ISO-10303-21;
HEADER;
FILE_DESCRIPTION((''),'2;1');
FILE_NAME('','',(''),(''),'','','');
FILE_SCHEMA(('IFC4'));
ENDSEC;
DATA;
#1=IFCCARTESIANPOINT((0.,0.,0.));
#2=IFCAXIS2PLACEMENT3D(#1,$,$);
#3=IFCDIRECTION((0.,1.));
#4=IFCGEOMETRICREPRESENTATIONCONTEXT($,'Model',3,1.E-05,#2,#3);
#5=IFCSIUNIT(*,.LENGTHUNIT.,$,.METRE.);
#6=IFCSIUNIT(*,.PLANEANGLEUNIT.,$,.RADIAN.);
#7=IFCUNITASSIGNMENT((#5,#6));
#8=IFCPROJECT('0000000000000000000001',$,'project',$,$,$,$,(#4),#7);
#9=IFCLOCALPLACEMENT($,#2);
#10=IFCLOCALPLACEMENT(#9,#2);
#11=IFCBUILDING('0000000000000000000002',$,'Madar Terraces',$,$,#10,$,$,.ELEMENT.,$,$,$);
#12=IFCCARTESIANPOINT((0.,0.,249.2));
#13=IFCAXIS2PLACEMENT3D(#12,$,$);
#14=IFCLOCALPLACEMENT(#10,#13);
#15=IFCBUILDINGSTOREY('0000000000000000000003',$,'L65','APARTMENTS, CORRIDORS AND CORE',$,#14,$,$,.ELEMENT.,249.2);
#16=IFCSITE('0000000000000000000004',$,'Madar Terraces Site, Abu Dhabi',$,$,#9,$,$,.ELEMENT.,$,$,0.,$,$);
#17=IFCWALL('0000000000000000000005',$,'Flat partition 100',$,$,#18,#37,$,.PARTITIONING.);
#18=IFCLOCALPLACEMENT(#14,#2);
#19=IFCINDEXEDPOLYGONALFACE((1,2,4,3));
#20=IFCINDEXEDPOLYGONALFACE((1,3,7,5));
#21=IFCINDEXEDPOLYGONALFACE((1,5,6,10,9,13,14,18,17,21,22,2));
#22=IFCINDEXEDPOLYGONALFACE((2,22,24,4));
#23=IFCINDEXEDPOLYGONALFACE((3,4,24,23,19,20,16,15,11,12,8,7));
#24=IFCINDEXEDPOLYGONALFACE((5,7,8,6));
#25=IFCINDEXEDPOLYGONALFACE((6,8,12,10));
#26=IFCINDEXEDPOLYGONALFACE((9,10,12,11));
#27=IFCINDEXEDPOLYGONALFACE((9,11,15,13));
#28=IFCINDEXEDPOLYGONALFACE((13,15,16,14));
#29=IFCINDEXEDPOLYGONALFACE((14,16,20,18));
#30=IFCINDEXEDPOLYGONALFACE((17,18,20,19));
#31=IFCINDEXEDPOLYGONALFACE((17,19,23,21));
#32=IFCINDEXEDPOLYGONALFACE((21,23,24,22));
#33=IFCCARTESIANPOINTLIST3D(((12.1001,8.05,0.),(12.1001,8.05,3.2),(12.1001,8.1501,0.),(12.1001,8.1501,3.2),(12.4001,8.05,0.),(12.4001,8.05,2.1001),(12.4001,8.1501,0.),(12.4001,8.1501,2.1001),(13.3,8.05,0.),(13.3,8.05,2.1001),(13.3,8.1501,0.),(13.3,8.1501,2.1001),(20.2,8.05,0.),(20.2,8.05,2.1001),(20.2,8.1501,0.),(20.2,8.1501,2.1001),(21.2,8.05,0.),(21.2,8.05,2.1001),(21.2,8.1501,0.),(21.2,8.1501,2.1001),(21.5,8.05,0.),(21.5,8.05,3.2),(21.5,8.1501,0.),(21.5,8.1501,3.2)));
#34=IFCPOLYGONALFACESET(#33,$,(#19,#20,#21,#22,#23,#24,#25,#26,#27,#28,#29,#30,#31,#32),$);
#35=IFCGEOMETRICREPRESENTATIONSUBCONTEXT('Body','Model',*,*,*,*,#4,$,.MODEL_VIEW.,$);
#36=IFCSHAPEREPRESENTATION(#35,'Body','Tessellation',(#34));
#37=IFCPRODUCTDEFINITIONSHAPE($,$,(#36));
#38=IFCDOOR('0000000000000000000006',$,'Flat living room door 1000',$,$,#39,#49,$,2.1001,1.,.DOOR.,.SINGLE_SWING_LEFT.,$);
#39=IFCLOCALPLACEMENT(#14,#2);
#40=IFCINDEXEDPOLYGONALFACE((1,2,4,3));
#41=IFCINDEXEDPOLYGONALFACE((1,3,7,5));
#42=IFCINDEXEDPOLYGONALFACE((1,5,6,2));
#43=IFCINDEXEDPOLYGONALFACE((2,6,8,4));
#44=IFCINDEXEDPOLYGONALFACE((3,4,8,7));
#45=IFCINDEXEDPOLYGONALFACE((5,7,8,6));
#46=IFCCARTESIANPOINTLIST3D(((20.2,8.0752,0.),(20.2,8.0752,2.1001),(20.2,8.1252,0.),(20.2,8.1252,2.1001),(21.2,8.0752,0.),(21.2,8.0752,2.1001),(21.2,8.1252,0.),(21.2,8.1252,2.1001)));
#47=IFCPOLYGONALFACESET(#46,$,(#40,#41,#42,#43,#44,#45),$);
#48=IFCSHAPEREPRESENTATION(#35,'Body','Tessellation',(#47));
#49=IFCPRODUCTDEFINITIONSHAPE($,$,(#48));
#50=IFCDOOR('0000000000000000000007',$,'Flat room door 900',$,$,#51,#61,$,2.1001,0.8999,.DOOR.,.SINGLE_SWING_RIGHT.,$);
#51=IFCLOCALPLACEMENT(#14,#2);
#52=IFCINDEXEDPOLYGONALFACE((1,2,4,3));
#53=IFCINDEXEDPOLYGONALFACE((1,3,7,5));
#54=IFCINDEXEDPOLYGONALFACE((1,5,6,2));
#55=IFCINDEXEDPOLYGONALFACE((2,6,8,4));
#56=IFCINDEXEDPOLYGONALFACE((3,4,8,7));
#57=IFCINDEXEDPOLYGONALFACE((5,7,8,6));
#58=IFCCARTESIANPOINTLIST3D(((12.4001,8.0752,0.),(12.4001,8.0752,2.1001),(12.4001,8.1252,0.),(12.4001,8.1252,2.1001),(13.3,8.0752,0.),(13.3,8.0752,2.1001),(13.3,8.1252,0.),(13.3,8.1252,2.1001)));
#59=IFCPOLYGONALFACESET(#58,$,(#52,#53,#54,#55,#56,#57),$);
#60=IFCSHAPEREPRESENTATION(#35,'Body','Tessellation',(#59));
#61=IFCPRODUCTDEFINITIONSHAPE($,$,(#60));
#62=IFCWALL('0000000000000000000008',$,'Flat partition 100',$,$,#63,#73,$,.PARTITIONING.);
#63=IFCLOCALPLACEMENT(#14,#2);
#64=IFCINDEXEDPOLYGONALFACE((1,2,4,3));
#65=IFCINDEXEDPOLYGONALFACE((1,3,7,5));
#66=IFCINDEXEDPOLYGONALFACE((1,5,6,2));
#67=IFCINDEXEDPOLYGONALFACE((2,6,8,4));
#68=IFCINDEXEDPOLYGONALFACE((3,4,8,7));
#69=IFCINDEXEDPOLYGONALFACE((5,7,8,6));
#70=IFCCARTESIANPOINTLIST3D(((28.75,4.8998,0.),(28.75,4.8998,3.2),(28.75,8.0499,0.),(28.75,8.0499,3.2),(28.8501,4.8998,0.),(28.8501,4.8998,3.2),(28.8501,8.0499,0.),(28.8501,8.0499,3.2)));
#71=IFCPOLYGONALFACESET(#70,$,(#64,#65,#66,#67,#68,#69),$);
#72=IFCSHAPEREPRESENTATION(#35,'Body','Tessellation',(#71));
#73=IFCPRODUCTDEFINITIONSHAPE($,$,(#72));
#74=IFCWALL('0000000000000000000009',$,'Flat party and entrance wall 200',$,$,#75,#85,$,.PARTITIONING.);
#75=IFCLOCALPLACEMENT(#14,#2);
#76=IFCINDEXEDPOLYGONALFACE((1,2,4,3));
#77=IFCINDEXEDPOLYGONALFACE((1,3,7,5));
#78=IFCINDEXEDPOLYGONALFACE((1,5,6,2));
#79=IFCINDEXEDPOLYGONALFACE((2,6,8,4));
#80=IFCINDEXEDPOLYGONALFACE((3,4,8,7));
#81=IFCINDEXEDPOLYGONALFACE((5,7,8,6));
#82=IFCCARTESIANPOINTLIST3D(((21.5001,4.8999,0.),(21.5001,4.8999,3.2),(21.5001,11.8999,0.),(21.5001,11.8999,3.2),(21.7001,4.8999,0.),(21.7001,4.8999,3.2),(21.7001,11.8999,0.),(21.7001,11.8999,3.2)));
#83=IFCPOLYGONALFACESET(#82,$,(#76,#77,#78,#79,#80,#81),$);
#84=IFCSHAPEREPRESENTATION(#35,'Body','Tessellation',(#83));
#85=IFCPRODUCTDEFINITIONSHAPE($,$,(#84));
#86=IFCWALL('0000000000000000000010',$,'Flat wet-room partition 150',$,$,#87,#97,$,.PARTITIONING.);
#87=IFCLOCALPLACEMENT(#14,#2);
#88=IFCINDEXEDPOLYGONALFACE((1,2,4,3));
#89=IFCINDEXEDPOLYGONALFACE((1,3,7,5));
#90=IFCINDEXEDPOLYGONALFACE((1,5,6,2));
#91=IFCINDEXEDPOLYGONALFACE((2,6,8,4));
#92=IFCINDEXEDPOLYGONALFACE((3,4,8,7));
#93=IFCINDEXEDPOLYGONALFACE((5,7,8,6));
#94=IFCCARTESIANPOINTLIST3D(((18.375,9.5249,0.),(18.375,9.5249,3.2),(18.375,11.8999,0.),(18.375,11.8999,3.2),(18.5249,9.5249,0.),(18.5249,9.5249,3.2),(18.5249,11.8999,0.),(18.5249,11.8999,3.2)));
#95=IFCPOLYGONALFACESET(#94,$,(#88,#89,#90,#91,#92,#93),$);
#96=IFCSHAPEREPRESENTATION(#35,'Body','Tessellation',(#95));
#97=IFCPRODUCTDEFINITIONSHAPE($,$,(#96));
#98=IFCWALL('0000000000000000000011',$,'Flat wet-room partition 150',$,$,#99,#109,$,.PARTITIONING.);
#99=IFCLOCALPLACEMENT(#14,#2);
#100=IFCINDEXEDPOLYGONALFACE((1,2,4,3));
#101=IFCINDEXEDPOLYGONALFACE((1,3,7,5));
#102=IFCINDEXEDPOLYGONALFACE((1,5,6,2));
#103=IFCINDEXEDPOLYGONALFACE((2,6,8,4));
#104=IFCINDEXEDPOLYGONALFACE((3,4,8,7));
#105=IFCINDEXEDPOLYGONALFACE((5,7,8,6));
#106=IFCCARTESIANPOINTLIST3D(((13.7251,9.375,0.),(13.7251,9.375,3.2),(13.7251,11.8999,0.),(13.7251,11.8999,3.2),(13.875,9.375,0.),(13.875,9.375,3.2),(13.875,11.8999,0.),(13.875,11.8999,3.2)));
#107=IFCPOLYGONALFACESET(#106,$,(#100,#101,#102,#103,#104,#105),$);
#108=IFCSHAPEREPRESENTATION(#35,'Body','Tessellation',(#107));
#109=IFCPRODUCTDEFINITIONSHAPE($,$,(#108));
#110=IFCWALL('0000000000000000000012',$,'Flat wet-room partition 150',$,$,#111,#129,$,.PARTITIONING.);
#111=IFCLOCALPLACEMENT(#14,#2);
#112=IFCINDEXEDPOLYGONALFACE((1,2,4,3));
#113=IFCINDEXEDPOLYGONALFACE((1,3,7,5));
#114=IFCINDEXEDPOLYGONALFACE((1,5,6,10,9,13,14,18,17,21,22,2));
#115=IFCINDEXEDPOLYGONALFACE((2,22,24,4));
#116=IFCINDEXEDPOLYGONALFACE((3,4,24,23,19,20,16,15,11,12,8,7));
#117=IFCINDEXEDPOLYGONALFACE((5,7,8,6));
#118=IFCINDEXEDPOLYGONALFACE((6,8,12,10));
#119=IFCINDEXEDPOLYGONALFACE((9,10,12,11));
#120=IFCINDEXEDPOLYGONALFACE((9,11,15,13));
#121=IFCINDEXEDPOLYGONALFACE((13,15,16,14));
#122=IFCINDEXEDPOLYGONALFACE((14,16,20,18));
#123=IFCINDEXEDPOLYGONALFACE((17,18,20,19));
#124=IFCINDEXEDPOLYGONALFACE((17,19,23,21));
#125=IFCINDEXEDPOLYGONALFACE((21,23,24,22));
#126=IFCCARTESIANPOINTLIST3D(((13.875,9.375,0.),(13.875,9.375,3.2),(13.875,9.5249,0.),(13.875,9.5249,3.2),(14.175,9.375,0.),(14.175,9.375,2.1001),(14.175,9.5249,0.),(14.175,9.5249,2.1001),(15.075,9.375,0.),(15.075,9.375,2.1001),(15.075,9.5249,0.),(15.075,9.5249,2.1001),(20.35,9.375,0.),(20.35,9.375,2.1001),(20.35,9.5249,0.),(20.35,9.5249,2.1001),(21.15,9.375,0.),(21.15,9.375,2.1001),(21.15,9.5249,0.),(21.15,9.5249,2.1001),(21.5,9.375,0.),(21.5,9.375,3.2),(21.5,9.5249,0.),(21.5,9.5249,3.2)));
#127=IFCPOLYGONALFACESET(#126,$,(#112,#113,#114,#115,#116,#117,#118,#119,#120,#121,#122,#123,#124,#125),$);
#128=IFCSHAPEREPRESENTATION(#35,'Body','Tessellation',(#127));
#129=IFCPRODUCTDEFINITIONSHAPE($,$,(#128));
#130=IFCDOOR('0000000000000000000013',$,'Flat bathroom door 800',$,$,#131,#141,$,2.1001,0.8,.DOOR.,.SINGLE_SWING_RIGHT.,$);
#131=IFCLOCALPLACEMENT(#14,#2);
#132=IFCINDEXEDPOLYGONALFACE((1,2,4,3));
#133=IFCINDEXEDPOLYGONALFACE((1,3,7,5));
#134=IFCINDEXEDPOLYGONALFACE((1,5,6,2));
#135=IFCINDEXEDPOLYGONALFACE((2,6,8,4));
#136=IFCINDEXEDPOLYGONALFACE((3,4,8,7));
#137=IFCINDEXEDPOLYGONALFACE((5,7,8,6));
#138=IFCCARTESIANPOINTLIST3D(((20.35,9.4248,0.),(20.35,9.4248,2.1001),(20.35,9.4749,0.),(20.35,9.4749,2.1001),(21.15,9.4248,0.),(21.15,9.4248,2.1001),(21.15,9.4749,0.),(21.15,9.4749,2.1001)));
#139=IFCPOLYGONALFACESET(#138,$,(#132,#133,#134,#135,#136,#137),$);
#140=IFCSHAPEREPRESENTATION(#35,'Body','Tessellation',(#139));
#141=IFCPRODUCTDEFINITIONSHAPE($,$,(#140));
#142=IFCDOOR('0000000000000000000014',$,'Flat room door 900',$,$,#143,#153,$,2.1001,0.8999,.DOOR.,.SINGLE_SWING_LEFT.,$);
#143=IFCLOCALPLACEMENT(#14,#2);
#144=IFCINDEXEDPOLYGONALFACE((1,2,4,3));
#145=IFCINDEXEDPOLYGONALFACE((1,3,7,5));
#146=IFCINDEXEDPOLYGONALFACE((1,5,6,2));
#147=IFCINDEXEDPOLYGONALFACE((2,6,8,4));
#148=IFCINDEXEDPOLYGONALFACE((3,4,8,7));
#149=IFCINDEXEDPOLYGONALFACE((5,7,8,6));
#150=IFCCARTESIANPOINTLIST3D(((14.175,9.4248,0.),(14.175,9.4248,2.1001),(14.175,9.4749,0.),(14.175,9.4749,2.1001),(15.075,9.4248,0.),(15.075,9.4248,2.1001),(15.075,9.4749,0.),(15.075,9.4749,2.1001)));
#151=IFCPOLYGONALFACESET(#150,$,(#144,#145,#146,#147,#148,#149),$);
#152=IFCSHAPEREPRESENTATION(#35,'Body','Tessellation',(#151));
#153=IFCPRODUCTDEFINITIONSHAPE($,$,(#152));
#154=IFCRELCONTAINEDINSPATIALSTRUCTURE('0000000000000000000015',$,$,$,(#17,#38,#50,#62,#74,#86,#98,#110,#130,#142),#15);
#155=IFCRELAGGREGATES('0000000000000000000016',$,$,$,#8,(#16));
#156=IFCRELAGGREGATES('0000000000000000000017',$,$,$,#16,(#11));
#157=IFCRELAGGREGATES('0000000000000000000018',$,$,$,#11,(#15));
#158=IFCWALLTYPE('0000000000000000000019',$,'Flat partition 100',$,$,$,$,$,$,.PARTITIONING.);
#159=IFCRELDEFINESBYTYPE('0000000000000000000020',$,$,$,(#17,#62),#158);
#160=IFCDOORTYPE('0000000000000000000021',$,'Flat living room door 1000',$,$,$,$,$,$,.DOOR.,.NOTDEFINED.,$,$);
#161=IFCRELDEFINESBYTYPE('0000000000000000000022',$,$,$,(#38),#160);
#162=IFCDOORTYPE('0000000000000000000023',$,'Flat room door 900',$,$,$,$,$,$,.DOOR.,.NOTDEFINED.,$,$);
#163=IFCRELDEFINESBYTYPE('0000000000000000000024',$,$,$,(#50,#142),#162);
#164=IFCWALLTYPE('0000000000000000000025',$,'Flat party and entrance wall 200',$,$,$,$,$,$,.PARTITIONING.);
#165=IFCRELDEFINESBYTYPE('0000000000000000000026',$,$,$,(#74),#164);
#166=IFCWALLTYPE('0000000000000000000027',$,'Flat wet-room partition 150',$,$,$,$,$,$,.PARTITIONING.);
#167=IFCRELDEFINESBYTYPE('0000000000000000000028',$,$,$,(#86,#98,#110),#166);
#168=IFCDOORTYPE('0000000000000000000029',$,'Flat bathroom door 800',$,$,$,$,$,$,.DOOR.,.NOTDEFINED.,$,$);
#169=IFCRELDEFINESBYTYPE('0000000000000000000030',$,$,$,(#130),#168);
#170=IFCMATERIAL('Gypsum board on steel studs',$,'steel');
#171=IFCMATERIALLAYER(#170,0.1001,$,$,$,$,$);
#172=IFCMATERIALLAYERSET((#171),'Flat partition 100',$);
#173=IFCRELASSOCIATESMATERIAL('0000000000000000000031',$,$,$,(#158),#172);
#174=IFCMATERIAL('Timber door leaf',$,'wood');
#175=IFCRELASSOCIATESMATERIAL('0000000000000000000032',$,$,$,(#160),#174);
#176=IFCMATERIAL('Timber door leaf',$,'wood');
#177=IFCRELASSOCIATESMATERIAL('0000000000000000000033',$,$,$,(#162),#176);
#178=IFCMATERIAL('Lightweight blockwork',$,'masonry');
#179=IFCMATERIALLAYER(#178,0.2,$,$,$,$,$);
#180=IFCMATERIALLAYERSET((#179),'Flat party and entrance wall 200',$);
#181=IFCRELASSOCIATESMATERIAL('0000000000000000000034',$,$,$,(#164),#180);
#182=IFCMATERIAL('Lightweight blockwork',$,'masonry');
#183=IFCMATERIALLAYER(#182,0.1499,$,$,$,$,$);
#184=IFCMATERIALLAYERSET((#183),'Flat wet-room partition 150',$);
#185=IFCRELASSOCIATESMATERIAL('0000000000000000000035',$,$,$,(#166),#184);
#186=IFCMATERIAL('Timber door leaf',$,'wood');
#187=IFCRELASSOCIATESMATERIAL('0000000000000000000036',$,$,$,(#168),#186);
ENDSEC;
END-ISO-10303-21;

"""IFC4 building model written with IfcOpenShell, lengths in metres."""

from ifc_helpers import new_model, si_unit, direction, frame, frame_2d, origin, place, context, subcontext, project, spatial, rectangle, extrude, material, layer, layer_set, type_object, element, fill, save


model = new_model("IFC4")

# Units and contexts
model_context = context("Model", 3, precision=1e-05, world=origin(), true_north=direction((0.0, 1.0)))
body_context = subcontext(model_context, "Body", "Model", "MODEL_VIEW")
ifc_project = project(units=[si_unit("LENGTHUNIT", "METRE"), si_unit("PLANEANGLEUNIT", "RADIAN")], contexts=[model_context])

# Site, building, storey
site_placement = place(None, origin())
site = spatial("IfcSite", under=ifc_project, at=site_placement, Name="Madar Terraces Site, Abu Dhabi", CompositionType="ELEMENT", RefElevation=0.0)
building_placement = place(site_placement, origin())
building = spatial("IfcBuilding", under=site, at=building_placement, Name="Madar Terraces", CompositionType="ELEMENT")
storey_placement = place(building_placement, frame((0.0, 0.0, 249.2)))
storey = spatial("IfcBuildingStorey", under=building, at=storey_placement, Name="L65", Description="APARTMENTS, CORRIDORS AND CORE", CompositionType="ELEMENT", Elevation=249.2)

# Shared definitions
ifc_material_1 = material(Name="Gypsum board on steel studs", Category="steel")
ifc_layer_1 = layer(ifc_material_1, 0.1001)
ifc_layer_set_1 = layer_set([ifc_layer_1], Name="Flat partition 100")
wall_type_1 = type_object("IfcWallType", Name="Flat partition 100", PredefinedType="PARTITIONING", material=ifc_layer_set_1)

# Wall, openings, doors
wall_1_placement = place(storey_placement, frame((21.5, 8.1001, 0.0), z_axis=(0.0, 0.0, 1.0), x_axis=(-1.0, 0.0, 0.0)))
wall_1 = element("IfcWall", 1, at=wall_1_placement, inside=storey, type_object=wall_type_1, Name="Flat partition 100", PredefinedType="PARTITIONING", context=body_context, shape_type="SweptSolid", body=[
    extrude(rectangle(XDim=9.3999, YDim=0.1001, at=frame_2d((4.7, 0.0))), origin(), (0.0, 0.0, 1.0), 3.2),
])
opening_1_placement = place(wall_1_placement, frame((8.2, 0.0, 0.0)))
opening_1 = element("IfcOpeningElement", 2, at=opening_1_placement, cuts=wall_1, PredefinedType="OPENING", context=body_context, shape_type="SweptSolid", body=[
    extrude(rectangle(XDim=0.8999, YDim=2.1001, at=frame_2d((0.45, 1.05))), frame((0.0, 0.0601, 0.0), z_axis=(0.0, -1.0, 0.0), x_axis=(1.0, 0.0, 0.0)), (0.0, 0.0, 1.0), 0.1201),
])
opening_2_placement = place(wall_1_placement, frame((0.3, 0.0, 0.0)))
opening_2 = element("IfcOpeningElement", 3, at=opening_2_placement, cuts=wall_1, PredefinedType="OPENING", context=body_context, shape_type="SweptSolid", body=[
    extrude(rectangle(XDim=1.0, YDim=2.1001, at=frame_2d((0.5, 1.05))), frame((0.0, 0.0601, 0.0), z_axis=(0.0, -1.0, 0.0), x_axis=(1.0, 0.0, 0.0)), (0.0, 0.0, 1.0), 0.1201),
])
ifc_material_2 = material(Name="Timber door leaf", Category="wood")
door_type_1 = type_object("IfcDoorType", Name="Flat living room door 1000", OperationType="NOTDEFINED", PredefinedType="DOOR", material=ifc_material_2)
door_1_placement = place(opening_2_placement, origin())
door_1 = element("IfcDoor", 4, at=door_1_placement, inside=storey, type_object=door_type_1, Name="Flat living room door 1000", OperationType="SINGLE_SWING_LEFT", OverallHeight=2.1001, OverallWidth=1.0, PredefinedType="DOOR", context=body_context, shape_type="SweptSolid", body=[
    extrude(rectangle(XDim=1.0, YDim=2.1001, at=frame_2d((0.5, 1.05))), frame((0.0, 0.0249, 0.0), z_axis=(0.0, -1.0, 0.0), x_axis=(1.0, 0.0, 0.0)), (0.0, 0.0, 1.0), 0.05),
])
fill(opening_2, door_1)
ifc_material_3 = material(Name="Timber door leaf", Category="wood")
door_type_2 = type_object("IfcDoorType", Name="Flat room door 900", OperationType="NOTDEFINED", PredefinedType="DOOR", material=ifc_material_3)
door_2_placement = place(opening_1_placement, origin())
door_2 = element("IfcDoor", 5, at=door_2_placement, inside=storey, type_object=door_type_2, Name="Flat room door 900", OperationType="SINGLE_SWING_RIGHT", OverallHeight=2.1001, OverallWidth=0.8999, PredefinedType="DOOR", context=body_context, shape_type="SweptSolid", body=[
    extrude(rectangle(XDim=0.8999, YDim=2.1001, at=frame_2d((0.45, 1.05))), frame((0.0, 0.0249, 0.0), z_axis=(0.0, -1.0, 0.0), x_axis=(1.0, 0.0, 0.0)), (0.0, 0.0, 1.0), 0.05),
])
fill(opening_1, door_2)

# Walls
wall_2_placement = place(storey_placement, frame((28.8, 8.05, 0.0), z_axis=(0.0, 0.0, 1.0), x_axis=(0.0, -1.0, 0.0)))
element("IfcWall", 6, at=wall_2_placement, inside=storey, type_object=wall_type_1, Name="Flat partition 100", PredefinedType="PARTITIONING", context=body_context, shape_type="SweptSolid", body=[
    extrude(rectangle(XDim=3.1501, YDim=0.1001, at=frame_2d((1.5752, 0.0))), origin(), (0.0, 0.0, 1.0), 3.2),
])
ifc_material_4 = material(Name="Lightweight blockwork", Category="masonry")
ifc_layer_2 = layer(ifc_material_4, 0.2)
ifc_layer_set_2 = layer_set([ifc_layer_2], Name="Flat party and entrance wall 200")
wall_type_2 = type_object("IfcWallType", Name="Flat party and entrance wall 200", PredefinedType="PARTITIONING", material=ifc_layer_set_2)
wall_3_placement = place(storey_placement, frame((21.6001, 11.8999, 0.0), z_axis=(0.0, 0.0, 1.0), x_axis=(0.0, -1.0, 0.0)))
element("IfcWall", 7, at=wall_3_placement, inside=storey, type_object=wall_type_2, Name="Flat party and entrance wall 200", PredefinedType="PARTITIONING", context=body_context, shape_type="SweptSolid", body=[
    extrude(rectangle(XDim=7.0, YDim=0.2, at=frame_2d((3.5, 0.0))), origin(), (0.0, 0.0, 1.0), 3.2),
])
ifc_material_5 = material(Name="Lightweight blockwork", Category="masonry")
ifc_layer_3 = layer(ifc_material_5, 0.1499)
ifc_layer_set_3 = layer_set([ifc_layer_3], Name="Flat wet-room partition 150")
wall_type_3 = type_object("IfcWallType", Name="Flat wet-room partition 150", PredefinedType="PARTITIONING", material=ifc_layer_set_3)
wall_4_placement = place(storey_placement, frame((18.45, 11.8999, 0.0), z_axis=(0.0, 0.0, 1.0), x_axis=(0.0, -1.0, 0.0)))
element("IfcWall", 8, at=wall_4_placement, inside=storey, type_object=wall_type_3, Name="Flat wet-room partition 150", PredefinedType="PARTITIONING", context=body_context, shape_type="SweptSolid", body=[
    extrude(rectangle(XDim=2.375, YDim=0.1499, at=frame_2d((1.1875, 0.0))), origin(), (0.0, 0.0, 1.0), 3.2),
])
wall_5_placement = place(storey_placement, frame((13.8, 11.8999, 0.0), z_axis=(0.0, 0.0, 1.0), x_axis=(0.0, -1.0, 0.0)))
element("IfcWall", 9, at=wall_5_placement, inside=storey, type_object=wall_type_3, Name="Flat wet-room partition 150", PredefinedType="PARTITIONING", context=body_context, shape_type="SweptSolid", body=[
    extrude(rectangle(XDim=2.5249, YDim=0.1499, at=frame_2d((1.2625, 0.0))), origin(), (0.0, 0.0, 1.0), 3.2),
])

# Wall, openings, doors
wall_6_placement = place(storey_placement, frame((13.875, 9.45, 0.0), z_axis=(0.0, 0.0, 1.0), x_axis=(1.0, 0.0, 0.0)))
wall_6 = element("IfcWall", 10, at=wall_6_placement, inside=storey, type_object=wall_type_3, Name="Flat wet-room partition 150", PredefinedType="PARTITIONING", context=body_context, shape_type="SweptSolid", body=[
    extrude(rectangle(XDim=7.625, YDim=0.1499, at=frame_2d((3.8125, 0.0))), origin(), (0.0, 0.0, 1.0), 3.2),
])
opening_3_placement = place(wall_6_placement, frame((0.3, 0.0, 0.0)))
opening_3 = element("IfcOpeningElement", 11, at=opening_3_placement, cuts=wall_6, PredefinedType="OPENING", context=body_context, shape_type="SweptSolid", body=[
    extrude(rectangle(XDim=0.8999, YDim=2.1001, at=frame_2d((0.45, 1.05))), frame((0.0, 0.085, 0.0), z_axis=(0.0, -1.0, 0.0), x_axis=(1.0, 0.0, 0.0)), (0.0, 0.0, 1.0), 0.1699),
])
opening_4_placement = place(wall_6_placement, frame((6.4751, 0.0, 0.0)))
opening_4 = element("IfcOpeningElement", 12, at=opening_4_placement, cuts=wall_6, PredefinedType="OPENING", context=body_context, shape_type="SweptSolid", body=[
    extrude(rectangle(XDim=0.8, YDim=2.1001, at=frame_2d((0.3999, 1.05))), frame((0.0, 0.085, 0.0), z_axis=(0.0, -1.0, 0.0), x_axis=(1.0, 0.0, 0.0)), (0.0, 0.0, 1.0), 0.1699),
])
ifc_material_6 = material(Name="Timber door leaf", Category="wood")
door_type_3 = type_object("IfcDoorType", Name="Flat bathroom door 800", OperationType="NOTDEFINED", PredefinedType="DOOR", material=ifc_material_6)
door_3_placement = place(opening_4_placement, origin())
door_3 = element("IfcDoor", 13, at=door_3_placement, inside=storey, type_object=door_type_3, Name="Flat bathroom door 800", OperationType="SINGLE_SWING_RIGHT", OverallHeight=2.1001, OverallWidth=0.8, PredefinedType="DOOR", context=body_context, shape_type="SweptSolid", body=[
    extrude(rectangle(XDim=0.8, YDim=2.1001, at=frame_2d((0.3999, 1.05))), frame((0.0, 0.0249, 0.0), z_axis=(0.0, -1.0, 0.0), x_axis=(1.0, 0.0, 0.0)), (0.0, 0.0, 1.0), 0.05),
])
fill(opening_4, door_3)
door_4_placement = place(opening_3_placement, origin())
door_4 = element("IfcDoor", 14, at=door_4_placement, inside=storey, type_object=door_type_2, Name="Flat room door 900", OperationType="SINGLE_SWING_LEFT", OverallHeight=2.1001, OverallWidth=0.8999, PredefinedType="DOOR", context=body_context, shape_type="SweptSolid", body=[
    extrude(rectangle(XDim=0.8999, YDim=2.1001, at=frame_2d((0.45, 1.05))), frame((0.0, 0.0249, 0.0), z_axis=(0.0, -1.0, 0.0), x_axis=(1.0, 0.0, 0.0)), (0.0, 0.0, 1.0), 0.05),
])
fill(opening_3, door_4)

save(model, "model.ifc")
